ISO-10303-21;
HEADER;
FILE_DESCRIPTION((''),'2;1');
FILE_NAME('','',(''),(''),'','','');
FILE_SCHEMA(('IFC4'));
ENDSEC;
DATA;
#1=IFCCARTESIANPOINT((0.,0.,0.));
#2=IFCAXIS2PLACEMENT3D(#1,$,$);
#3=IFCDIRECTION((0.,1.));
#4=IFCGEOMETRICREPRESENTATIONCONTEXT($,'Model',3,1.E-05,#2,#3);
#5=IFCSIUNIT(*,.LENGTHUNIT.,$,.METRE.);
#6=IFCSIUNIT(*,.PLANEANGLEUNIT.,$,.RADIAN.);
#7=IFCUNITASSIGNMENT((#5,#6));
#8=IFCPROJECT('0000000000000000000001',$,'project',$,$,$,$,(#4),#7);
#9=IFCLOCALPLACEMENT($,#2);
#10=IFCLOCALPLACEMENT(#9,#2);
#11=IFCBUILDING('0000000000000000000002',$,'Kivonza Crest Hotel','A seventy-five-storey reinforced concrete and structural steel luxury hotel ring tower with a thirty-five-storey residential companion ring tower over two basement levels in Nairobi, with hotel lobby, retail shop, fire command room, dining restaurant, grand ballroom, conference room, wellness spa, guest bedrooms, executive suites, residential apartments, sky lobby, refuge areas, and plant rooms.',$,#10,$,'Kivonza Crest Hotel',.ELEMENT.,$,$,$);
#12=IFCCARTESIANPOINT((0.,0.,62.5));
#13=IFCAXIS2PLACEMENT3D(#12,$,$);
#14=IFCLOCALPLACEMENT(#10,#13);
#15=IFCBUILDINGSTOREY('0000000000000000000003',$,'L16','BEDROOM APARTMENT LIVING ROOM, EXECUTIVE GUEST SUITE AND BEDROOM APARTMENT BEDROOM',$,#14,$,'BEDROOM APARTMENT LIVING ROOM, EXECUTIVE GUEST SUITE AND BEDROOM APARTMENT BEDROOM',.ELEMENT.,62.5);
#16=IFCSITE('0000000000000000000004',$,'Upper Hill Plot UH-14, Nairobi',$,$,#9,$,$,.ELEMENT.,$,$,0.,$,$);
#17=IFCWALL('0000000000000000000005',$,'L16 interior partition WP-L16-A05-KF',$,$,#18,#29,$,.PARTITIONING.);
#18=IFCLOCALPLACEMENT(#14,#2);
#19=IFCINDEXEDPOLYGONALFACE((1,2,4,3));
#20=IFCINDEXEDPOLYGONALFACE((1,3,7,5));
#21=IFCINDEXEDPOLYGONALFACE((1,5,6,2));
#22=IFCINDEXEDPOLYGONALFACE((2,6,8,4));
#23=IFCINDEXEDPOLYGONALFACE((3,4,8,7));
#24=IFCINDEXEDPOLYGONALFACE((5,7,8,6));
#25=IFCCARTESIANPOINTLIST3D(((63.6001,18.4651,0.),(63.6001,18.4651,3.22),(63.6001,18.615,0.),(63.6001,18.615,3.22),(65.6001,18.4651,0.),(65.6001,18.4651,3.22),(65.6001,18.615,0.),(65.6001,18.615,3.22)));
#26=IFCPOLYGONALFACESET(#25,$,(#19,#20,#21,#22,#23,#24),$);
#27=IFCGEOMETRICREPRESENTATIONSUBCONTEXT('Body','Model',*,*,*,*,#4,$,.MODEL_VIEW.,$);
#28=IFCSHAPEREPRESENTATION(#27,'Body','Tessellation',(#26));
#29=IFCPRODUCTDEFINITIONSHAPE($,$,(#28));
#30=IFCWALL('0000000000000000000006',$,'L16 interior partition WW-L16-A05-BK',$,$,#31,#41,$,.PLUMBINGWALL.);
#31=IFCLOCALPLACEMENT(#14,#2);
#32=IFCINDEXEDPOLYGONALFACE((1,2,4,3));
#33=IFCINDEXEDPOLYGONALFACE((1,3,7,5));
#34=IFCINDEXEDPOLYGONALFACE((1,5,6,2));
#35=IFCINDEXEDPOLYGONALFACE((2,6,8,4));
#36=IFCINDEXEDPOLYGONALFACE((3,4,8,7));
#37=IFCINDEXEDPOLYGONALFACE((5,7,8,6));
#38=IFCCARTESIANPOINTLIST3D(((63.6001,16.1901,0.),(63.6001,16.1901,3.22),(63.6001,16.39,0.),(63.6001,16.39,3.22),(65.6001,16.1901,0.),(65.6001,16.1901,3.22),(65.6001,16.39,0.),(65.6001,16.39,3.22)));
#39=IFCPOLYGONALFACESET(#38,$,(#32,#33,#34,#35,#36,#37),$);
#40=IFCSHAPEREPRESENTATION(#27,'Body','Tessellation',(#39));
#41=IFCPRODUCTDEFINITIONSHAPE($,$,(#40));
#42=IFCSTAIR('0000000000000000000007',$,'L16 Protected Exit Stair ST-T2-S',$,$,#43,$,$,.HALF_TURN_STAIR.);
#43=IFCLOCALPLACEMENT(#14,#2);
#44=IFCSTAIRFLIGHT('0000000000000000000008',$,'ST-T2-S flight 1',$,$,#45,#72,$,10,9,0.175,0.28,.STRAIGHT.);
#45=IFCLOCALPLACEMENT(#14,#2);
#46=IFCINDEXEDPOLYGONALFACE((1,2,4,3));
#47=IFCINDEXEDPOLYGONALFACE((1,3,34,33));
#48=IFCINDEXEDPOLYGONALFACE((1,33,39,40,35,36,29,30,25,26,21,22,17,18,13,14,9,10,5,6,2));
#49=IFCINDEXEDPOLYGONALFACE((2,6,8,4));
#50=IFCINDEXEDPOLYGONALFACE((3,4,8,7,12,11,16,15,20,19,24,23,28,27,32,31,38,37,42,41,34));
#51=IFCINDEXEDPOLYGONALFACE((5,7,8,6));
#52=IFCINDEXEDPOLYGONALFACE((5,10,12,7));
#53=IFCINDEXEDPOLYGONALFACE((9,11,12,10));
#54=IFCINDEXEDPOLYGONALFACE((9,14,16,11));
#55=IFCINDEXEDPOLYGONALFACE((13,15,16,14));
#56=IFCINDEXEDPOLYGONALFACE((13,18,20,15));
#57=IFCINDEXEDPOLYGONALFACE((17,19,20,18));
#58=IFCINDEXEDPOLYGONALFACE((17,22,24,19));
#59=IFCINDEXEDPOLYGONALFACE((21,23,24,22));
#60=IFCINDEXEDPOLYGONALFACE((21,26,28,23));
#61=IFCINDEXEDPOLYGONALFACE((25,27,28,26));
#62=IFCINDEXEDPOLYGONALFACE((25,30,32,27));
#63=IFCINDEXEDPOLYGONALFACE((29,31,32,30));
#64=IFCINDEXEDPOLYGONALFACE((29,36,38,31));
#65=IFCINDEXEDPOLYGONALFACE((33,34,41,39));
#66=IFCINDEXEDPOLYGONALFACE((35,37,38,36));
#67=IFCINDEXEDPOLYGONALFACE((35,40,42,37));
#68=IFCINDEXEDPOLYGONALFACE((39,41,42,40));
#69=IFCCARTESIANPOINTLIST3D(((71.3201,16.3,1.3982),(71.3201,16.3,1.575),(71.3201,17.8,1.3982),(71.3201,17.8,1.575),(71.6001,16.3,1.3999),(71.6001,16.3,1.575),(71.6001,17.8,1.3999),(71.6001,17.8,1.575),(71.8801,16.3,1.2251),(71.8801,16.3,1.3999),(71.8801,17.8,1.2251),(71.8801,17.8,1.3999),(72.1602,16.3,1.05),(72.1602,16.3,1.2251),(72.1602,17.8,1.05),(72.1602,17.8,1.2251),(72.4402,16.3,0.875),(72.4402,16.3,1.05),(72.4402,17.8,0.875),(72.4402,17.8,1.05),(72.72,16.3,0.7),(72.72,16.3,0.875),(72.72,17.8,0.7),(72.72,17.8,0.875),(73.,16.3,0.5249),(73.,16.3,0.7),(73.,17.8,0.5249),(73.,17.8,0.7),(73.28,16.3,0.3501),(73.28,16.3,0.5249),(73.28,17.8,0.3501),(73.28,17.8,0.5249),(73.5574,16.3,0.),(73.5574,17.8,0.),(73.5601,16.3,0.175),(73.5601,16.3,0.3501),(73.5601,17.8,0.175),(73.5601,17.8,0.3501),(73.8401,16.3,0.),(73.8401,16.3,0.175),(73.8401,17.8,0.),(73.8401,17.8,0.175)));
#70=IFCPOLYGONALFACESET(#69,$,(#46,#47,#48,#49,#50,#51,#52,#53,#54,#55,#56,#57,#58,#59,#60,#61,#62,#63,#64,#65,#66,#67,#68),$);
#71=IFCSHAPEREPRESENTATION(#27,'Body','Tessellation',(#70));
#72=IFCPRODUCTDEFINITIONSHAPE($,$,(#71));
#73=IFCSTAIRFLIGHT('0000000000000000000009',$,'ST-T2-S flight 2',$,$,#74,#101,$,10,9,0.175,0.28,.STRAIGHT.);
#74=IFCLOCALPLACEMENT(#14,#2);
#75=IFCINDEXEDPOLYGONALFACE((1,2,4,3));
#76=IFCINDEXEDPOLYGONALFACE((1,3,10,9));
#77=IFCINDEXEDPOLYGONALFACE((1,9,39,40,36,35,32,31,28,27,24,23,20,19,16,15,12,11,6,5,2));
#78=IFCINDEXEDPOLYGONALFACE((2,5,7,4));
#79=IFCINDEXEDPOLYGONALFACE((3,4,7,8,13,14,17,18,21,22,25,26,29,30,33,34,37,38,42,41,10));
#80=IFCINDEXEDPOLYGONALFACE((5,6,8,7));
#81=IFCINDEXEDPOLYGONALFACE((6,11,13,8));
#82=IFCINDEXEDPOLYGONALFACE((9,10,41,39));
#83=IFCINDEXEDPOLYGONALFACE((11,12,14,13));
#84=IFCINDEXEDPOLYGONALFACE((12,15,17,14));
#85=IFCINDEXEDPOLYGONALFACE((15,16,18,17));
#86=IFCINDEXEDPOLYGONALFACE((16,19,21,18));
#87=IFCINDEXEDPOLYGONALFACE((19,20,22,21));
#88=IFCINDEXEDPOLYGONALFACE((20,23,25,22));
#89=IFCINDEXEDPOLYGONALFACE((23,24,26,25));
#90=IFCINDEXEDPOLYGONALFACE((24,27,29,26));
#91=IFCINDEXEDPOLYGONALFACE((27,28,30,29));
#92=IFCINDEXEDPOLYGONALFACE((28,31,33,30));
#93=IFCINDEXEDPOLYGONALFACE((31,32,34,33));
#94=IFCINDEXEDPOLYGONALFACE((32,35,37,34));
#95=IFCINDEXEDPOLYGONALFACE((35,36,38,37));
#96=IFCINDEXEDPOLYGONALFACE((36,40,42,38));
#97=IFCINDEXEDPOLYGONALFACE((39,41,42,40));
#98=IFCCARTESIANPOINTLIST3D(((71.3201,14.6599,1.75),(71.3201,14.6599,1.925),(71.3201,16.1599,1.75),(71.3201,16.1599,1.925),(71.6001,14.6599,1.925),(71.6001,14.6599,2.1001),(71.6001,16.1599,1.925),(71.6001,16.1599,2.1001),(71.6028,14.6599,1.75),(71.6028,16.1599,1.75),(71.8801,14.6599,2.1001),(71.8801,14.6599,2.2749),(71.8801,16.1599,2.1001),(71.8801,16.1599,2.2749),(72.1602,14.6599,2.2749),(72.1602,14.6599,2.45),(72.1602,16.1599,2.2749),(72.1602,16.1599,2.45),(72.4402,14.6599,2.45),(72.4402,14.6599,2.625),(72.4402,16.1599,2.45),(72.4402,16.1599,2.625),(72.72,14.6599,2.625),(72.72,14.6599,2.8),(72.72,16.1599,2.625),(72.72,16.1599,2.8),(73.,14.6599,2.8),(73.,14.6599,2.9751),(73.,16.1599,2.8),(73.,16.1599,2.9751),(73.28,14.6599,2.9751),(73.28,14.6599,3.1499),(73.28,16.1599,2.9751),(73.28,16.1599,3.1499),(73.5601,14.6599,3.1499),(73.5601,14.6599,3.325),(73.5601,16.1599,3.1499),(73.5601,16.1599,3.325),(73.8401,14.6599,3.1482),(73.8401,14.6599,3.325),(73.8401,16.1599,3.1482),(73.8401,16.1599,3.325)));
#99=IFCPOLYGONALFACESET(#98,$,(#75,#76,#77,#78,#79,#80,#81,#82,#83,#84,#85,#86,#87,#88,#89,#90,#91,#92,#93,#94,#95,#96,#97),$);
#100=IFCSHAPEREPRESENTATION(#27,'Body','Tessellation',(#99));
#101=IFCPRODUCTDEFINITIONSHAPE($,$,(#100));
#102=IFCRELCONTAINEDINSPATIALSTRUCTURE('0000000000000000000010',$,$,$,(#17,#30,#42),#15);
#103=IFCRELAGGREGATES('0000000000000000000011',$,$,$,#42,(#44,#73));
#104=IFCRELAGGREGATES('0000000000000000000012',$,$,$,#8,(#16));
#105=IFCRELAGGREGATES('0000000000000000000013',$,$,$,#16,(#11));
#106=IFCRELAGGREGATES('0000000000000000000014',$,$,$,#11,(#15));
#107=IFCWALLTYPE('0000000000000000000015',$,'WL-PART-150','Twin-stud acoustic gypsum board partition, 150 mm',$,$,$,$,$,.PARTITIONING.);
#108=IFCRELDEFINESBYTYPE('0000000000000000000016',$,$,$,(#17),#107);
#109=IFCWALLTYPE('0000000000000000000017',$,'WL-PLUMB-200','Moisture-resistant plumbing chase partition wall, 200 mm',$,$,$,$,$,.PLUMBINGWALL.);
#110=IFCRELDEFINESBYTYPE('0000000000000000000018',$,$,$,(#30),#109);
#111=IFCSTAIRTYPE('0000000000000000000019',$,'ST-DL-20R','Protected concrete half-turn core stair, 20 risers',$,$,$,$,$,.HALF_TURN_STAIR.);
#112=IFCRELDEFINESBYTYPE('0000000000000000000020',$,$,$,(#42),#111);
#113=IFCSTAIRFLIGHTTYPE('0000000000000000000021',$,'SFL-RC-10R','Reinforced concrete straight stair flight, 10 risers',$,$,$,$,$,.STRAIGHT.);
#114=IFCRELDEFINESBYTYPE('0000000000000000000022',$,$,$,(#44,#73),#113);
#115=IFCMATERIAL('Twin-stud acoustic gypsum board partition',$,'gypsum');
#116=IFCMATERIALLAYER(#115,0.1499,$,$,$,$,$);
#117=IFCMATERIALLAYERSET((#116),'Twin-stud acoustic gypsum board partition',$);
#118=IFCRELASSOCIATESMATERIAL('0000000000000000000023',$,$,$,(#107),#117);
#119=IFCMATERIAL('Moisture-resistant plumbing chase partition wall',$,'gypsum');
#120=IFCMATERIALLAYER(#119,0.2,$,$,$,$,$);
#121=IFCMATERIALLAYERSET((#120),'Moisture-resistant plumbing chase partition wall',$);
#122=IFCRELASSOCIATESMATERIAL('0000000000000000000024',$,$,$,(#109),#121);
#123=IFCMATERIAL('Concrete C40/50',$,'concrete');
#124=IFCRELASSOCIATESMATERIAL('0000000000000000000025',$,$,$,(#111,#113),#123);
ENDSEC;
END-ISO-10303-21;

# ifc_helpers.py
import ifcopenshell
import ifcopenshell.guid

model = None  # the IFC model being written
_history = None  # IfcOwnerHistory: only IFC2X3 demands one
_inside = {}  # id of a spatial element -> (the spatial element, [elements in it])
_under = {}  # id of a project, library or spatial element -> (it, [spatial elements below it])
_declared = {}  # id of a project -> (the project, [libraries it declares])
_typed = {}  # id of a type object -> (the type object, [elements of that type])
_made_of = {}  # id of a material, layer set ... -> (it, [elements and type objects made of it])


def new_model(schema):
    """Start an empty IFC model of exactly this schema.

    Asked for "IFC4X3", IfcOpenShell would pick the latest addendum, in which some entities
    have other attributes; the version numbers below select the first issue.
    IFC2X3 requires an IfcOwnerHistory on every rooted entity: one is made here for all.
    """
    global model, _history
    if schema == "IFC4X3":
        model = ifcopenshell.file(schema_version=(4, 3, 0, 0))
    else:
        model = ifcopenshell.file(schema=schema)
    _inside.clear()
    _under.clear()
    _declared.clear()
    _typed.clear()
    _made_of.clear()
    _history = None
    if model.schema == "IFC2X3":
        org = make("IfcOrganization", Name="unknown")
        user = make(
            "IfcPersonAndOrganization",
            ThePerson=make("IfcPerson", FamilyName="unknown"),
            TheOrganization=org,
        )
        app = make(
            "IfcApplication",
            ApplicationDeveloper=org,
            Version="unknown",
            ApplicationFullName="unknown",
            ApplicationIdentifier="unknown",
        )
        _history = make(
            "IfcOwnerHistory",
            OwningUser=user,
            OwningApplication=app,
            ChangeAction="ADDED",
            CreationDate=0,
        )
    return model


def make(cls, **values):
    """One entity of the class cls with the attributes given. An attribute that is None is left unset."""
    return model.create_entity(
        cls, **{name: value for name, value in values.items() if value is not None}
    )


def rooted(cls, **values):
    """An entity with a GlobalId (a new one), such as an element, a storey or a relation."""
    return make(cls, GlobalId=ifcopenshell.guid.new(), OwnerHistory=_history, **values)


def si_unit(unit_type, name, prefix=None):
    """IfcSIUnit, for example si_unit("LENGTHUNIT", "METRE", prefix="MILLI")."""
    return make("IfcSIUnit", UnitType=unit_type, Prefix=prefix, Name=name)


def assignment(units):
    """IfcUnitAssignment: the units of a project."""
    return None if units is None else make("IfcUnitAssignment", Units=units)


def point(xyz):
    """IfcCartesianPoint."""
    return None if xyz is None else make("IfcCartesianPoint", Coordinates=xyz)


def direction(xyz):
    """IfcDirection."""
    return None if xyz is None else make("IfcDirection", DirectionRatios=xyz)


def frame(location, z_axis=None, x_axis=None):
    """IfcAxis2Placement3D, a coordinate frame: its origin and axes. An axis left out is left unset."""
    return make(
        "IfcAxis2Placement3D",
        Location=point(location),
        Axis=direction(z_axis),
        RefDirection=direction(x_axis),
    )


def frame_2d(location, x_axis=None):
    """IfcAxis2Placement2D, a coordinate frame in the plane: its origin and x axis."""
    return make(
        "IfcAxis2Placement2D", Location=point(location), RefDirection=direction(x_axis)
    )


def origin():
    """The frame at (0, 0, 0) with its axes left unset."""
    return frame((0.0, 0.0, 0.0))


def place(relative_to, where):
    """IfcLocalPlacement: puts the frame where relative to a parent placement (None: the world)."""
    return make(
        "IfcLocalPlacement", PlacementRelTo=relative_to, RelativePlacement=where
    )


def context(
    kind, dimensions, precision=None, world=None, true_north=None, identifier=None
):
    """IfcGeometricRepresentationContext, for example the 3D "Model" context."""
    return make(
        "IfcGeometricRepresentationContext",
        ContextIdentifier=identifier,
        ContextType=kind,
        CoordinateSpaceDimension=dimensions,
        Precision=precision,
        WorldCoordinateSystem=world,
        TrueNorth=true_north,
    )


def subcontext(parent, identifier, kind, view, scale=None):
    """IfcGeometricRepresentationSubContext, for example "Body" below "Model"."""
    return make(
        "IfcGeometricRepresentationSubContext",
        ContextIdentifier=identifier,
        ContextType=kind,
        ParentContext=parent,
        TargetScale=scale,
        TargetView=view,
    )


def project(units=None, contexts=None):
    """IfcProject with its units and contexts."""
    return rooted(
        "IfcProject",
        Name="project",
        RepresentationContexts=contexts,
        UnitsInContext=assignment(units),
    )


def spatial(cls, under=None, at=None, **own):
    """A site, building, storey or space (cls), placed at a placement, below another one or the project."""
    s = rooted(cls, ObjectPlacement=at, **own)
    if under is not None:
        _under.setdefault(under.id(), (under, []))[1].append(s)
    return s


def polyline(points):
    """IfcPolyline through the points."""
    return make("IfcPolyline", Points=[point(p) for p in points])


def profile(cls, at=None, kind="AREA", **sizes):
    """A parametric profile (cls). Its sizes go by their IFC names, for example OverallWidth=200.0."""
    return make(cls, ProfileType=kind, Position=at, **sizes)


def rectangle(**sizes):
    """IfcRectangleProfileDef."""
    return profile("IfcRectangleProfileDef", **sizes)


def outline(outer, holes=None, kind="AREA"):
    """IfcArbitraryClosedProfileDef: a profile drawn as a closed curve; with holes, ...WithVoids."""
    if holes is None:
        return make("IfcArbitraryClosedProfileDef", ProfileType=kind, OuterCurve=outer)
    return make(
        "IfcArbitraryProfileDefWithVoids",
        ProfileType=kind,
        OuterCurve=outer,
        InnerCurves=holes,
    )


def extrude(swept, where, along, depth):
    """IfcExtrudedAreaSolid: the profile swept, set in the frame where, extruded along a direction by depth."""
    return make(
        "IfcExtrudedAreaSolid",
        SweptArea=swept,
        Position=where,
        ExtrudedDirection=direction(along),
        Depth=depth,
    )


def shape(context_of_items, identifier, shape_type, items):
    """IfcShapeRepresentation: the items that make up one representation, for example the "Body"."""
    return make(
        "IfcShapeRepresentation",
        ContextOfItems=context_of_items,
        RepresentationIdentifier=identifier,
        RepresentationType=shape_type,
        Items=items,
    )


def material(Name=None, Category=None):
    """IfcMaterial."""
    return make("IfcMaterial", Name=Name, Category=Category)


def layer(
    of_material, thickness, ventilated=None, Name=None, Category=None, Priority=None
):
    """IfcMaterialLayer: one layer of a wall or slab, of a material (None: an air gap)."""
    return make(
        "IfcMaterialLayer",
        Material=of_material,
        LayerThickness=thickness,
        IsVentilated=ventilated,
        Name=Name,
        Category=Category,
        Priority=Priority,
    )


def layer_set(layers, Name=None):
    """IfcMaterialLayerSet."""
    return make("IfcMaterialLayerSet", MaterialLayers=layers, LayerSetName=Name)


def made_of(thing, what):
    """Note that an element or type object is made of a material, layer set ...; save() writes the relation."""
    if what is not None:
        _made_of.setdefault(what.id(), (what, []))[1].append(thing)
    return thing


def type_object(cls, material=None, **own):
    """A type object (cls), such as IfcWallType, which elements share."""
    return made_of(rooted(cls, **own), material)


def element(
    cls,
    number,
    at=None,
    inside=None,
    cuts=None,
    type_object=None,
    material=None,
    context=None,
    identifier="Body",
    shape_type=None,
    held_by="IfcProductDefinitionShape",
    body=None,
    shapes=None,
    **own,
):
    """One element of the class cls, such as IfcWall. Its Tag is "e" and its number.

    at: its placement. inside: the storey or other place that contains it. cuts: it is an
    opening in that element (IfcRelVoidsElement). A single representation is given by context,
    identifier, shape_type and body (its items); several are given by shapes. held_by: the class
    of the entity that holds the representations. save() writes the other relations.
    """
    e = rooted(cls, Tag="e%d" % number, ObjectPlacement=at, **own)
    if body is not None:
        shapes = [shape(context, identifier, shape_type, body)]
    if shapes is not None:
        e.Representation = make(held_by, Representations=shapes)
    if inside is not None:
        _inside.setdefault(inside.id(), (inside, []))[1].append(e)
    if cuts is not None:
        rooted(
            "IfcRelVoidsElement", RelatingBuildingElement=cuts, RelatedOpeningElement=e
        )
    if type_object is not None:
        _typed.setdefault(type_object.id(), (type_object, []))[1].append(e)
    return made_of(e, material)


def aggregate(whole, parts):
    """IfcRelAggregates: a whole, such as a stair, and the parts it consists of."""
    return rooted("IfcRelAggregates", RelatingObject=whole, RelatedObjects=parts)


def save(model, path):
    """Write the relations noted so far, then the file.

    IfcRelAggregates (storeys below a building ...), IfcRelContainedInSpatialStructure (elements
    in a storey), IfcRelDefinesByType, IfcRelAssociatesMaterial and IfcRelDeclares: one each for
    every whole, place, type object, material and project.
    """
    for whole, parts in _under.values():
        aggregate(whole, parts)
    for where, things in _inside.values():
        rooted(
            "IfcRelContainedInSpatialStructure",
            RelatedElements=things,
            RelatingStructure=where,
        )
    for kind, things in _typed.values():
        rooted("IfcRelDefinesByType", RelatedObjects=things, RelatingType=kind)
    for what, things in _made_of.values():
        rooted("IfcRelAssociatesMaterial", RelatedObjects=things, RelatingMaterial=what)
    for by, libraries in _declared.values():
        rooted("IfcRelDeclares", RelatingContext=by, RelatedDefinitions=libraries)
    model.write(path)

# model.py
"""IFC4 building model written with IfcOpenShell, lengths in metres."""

from ifc_helpers import new_model, si_unit, direction, frame, frame_2d, origin, place, context, subcontext, project, spatial, polyline, rectangle, outline, extrude, material, layer, layer_set, type_object, element, aggregate, save


model = new_model("IFC4")

# Units and contexts
model_context = context("Model", 3, precision=1e-05, world=origin(), true_north=direction((0.0, 1.0)))
body_context = subcontext(model_context, "Body", "Model", "MODEL_VIEW")
ifc_project = project(units=[si_unit("LENGTHUNIT", "METRE"), si_unit("PLANEANGLEUNIT", "RADIAN")], contexts=[model_context])

# Site, building, storey
site_placement = place(None, origin())
site = spatial("IfcSite", under=ifc_project, at=site_placement, Name="Upper Hill Plot UH-14, Nairobi", CompositionType="ELEMENT", RefElevation=0.0)
building_placement = place(site_placement, origin())
building = spatial("IfcBuilding", under=site, at=building_placement, Name="Kivonza Crest Hotel", Description="A seventy-five-storey reinforced concrete and structural steel luxury hotel ring tower with a thirty-five-storey residential companion ring tower over two basement levels in Nairobi, with hotel lobby, retail shop, fire command room, dining restaurant, grand ballroom, conference room, wellness spa, guest bedrooms, executive suites, residential apartments, sky lobby, refuge areas, and plant rooms.", LongName="Kivonza Crest Hotel", CompositionType="ELEMENT")
storey_placement = place(building_placement, frame((0.0, 0.0, 62.5)))
storey = spatial("IfcBuildingStorey", under=building, at=storey_placement, Name="L16", Description="BEDROOM APARTMENT LIVING ROOM, EXECUTIVE GUEST SUITE AND BEDROOM APARTMENT BEDROOM", LongName="BEDROOM APARTMENT LIVING ROOM, EXECUTIVE GUEST SUITE AND BEDROOM APARTMENT BEDROOM", CompositionType="ELEMENT", Elevation=62.5)

# Walls
ifc_material_1 = material(Name="Twin-stud acoustic gypsum board partition", Category="gypsum")
ifc_layer_1 = layer(ifc_material_1, 0.1499)
ifc_layer_set_1 = layer_set([ifc_layer_1], Name="Twin-stud acoustic gypsum board partition")
wall_type_1 = type_object("IfcWallType", Name="WL-PART-150", Description="Twin-stud acoustic gypsum board partition, 150 mm", PredefinedType="PARTITIONING", material=ifc_layer_set_1)
wall_1_placement = place(storey_placement, frame((63.6001, 18.54, 0.0), z_axis=(0.0, 0.0, 1.0), x_axis=(1.0, 0.0, 0.0)))
element("IfcWall", 1, at=wall_1_placement, inside=storey, type_object=wall_type_1, Name="L16 interior partition WP-L16-A05-KF", PredefinedType="PARTITIONING", context=body_context, shape_type="SweptSolid", body=[
    extrude(rectangle(XDim=2.0, YDim=0.1499, at=frame_2d((1.0, 0.0))), origin(), (0.0, 0.0, 1.0), 3.22),
])
ifc_material_2 = material(Name="Moisture-resistant plumbing chase partition wall", Category="gypsum")
ifc_layer_2 = layer(ifc_material_2, 0.2)
ifc_layer_set_2 = layer_set([ifc_layer_2], Name="Moisture-resistant plumbing chase partition wall")
wall_type_2 = type_object("IfcWallType", Name="WL-PLUMB-200", Description="Moisture-resistant plumbing chase partition wall, 200 mm", PredefinedType="PLUMBINGWALL", material=ifc_layer_set_2)
wall_2_placement = place(storey_placement, frame((63.6001, 16.29, 0.0), z_axis=(0.0, 0.0, 1.0), x_axis=(1.0, 0.0, 0.0)))
element("IfcWall", 2, at=wall_2_placement, inside=storey, type_object=wall_type_2, Name="L16 interior partition WW-L16-A05-BK", PredefinedType="PLUMBINGWALL", context=body_context, shape_type="SweptSolid", body=[
    extrude(rectangle(XDim=2.0, YDim=0.2, at=frame_2d((1.0, 0.0))), origin(), (0.0, 0.0, 1.0), 3.22),
])

# Stair, stair flights
ifc_material_3 = material(Name="Concrete C40/50", Category="concrete")
stair_type = type_object("IfcStairType", Name="ST-DL-20R", Description="Protected concrete half-turn core stair, 20 risers", PredefinedType="HALF_TURN_STAIR", material=ifc_material_3)
stair_placement = place(storey_placement, origin())
stair = element("IfcStair", 3, at=stair_placement, inside=storey, type_object=stair_type, Name="L16 Protected Exit Stair ST-T2-S", PredefinedType="HALF_TURN_STAIR")
stair_flight_type = type_object("IfcStairFlightType", Name="SFL-RC-10R", Description="Reinforced concrete straight stair flight, 10 risers", PredefinedType="STRAIGHT", material=ifc_material_3)
stair_flight_1_placement = place(storey_placement, frame((73.8401, 17.05, 0.0), z_axis=(0.0, 0.0, 1.0), x_axis=(-1.0, 0.0, 0.0)))
stair_flight_1 = element("IfcStairFlight", 4, at=stair_flight_1_placement, type_object=stair_flight_type, Name="ST-T2-S flight 1", NumberOfRisers=10, NumberOfTreads=9, PredefinedType="STRAIGHT", RiserHeight=0.175, TreadLength=0.28, context=body_context, shape_type="SweptSolid", body=[
    extrude(outline(polyline([(0.0, 0.0), (0.0, 0.175), (0.28, 0.175), (0.28, 0.3501), (0.5601, 0.3501), (0.5601, 0.5249), (0.8401, 0.5249), (0.8401, 0.7), (1.1201, 0.7), (1.1201, 0.875), (1.3999, 0.875), (1.3999, 1.05), (1.6799, 1.05), (1.6799, 1.2251), (1.96, 1.2251), (1.96, 1.3999), (2.24, 1.3999), (2.24, 1.575), (2.52, 1.575), (2.52, 1.75), (2.52, 1.3982), (0.2827, 0.0), (0.0, 0.0)])), frame((0.0, 0.75, 0.0), z_axis=(0.0, -1.0, 0.0), x_axis=(1.0, 0.0, 0.0)), (0.0, 0.0, 1.0), 1.5),
])
stair_flight_2_placement = place(storey_placement, frame((71.3201, 15.4099, 1.75), z_axis=(0.0, 0.0, 1.0), x_axis=(1.0, 0.0, 0.0)))
stair_flight_2 = element("IfcStairFlight", 5, at=stair_flight_2_placement, type_object=stair_flight_type, Name="ST-T2-S flight 2", NumberOfRisers=10, NumberOfTreads=9, PredefinedType="STRAIGHT", RiserHeight=0.175, TreadLength=0.28, context=body_context, shape_type="SweptSolid", body=[
    extrude(outline(polyline([(0.0, 0.0), (0.0, 0.175), (0.28, 0.175), (0.28, 0.3501), (0.5601, 0.3501), (0.5601, 0.5249), (0.8401, 0.5249), (0.8401, 0.7), (1.1201, 0.7), (1.1201, 0.875), (1.3999, 0.875), (1.3999, 1.05), (1.6799, 1.05), (1.6799, 1.2251), (1.96, 1.2251), (1.96, 1.3999), (2.24, 1.3999), (2.24, 1.575), (2.52, 1.575), (2.52, 1.75), (2.52, 1.3982), (0.2827, 0.0), (0.0, 0.0)])), frame((0.0, 0.75, 0.0), z_axis=(0.0, -1.0, 0.0), x_axis=(1.0, 0.0, 0.0)), (0.0, 0.0, 1.0), 1.5),
])
aggregate(stair, [stair_flight_1, stair_flight_2])

save(model, "model.ifc")
